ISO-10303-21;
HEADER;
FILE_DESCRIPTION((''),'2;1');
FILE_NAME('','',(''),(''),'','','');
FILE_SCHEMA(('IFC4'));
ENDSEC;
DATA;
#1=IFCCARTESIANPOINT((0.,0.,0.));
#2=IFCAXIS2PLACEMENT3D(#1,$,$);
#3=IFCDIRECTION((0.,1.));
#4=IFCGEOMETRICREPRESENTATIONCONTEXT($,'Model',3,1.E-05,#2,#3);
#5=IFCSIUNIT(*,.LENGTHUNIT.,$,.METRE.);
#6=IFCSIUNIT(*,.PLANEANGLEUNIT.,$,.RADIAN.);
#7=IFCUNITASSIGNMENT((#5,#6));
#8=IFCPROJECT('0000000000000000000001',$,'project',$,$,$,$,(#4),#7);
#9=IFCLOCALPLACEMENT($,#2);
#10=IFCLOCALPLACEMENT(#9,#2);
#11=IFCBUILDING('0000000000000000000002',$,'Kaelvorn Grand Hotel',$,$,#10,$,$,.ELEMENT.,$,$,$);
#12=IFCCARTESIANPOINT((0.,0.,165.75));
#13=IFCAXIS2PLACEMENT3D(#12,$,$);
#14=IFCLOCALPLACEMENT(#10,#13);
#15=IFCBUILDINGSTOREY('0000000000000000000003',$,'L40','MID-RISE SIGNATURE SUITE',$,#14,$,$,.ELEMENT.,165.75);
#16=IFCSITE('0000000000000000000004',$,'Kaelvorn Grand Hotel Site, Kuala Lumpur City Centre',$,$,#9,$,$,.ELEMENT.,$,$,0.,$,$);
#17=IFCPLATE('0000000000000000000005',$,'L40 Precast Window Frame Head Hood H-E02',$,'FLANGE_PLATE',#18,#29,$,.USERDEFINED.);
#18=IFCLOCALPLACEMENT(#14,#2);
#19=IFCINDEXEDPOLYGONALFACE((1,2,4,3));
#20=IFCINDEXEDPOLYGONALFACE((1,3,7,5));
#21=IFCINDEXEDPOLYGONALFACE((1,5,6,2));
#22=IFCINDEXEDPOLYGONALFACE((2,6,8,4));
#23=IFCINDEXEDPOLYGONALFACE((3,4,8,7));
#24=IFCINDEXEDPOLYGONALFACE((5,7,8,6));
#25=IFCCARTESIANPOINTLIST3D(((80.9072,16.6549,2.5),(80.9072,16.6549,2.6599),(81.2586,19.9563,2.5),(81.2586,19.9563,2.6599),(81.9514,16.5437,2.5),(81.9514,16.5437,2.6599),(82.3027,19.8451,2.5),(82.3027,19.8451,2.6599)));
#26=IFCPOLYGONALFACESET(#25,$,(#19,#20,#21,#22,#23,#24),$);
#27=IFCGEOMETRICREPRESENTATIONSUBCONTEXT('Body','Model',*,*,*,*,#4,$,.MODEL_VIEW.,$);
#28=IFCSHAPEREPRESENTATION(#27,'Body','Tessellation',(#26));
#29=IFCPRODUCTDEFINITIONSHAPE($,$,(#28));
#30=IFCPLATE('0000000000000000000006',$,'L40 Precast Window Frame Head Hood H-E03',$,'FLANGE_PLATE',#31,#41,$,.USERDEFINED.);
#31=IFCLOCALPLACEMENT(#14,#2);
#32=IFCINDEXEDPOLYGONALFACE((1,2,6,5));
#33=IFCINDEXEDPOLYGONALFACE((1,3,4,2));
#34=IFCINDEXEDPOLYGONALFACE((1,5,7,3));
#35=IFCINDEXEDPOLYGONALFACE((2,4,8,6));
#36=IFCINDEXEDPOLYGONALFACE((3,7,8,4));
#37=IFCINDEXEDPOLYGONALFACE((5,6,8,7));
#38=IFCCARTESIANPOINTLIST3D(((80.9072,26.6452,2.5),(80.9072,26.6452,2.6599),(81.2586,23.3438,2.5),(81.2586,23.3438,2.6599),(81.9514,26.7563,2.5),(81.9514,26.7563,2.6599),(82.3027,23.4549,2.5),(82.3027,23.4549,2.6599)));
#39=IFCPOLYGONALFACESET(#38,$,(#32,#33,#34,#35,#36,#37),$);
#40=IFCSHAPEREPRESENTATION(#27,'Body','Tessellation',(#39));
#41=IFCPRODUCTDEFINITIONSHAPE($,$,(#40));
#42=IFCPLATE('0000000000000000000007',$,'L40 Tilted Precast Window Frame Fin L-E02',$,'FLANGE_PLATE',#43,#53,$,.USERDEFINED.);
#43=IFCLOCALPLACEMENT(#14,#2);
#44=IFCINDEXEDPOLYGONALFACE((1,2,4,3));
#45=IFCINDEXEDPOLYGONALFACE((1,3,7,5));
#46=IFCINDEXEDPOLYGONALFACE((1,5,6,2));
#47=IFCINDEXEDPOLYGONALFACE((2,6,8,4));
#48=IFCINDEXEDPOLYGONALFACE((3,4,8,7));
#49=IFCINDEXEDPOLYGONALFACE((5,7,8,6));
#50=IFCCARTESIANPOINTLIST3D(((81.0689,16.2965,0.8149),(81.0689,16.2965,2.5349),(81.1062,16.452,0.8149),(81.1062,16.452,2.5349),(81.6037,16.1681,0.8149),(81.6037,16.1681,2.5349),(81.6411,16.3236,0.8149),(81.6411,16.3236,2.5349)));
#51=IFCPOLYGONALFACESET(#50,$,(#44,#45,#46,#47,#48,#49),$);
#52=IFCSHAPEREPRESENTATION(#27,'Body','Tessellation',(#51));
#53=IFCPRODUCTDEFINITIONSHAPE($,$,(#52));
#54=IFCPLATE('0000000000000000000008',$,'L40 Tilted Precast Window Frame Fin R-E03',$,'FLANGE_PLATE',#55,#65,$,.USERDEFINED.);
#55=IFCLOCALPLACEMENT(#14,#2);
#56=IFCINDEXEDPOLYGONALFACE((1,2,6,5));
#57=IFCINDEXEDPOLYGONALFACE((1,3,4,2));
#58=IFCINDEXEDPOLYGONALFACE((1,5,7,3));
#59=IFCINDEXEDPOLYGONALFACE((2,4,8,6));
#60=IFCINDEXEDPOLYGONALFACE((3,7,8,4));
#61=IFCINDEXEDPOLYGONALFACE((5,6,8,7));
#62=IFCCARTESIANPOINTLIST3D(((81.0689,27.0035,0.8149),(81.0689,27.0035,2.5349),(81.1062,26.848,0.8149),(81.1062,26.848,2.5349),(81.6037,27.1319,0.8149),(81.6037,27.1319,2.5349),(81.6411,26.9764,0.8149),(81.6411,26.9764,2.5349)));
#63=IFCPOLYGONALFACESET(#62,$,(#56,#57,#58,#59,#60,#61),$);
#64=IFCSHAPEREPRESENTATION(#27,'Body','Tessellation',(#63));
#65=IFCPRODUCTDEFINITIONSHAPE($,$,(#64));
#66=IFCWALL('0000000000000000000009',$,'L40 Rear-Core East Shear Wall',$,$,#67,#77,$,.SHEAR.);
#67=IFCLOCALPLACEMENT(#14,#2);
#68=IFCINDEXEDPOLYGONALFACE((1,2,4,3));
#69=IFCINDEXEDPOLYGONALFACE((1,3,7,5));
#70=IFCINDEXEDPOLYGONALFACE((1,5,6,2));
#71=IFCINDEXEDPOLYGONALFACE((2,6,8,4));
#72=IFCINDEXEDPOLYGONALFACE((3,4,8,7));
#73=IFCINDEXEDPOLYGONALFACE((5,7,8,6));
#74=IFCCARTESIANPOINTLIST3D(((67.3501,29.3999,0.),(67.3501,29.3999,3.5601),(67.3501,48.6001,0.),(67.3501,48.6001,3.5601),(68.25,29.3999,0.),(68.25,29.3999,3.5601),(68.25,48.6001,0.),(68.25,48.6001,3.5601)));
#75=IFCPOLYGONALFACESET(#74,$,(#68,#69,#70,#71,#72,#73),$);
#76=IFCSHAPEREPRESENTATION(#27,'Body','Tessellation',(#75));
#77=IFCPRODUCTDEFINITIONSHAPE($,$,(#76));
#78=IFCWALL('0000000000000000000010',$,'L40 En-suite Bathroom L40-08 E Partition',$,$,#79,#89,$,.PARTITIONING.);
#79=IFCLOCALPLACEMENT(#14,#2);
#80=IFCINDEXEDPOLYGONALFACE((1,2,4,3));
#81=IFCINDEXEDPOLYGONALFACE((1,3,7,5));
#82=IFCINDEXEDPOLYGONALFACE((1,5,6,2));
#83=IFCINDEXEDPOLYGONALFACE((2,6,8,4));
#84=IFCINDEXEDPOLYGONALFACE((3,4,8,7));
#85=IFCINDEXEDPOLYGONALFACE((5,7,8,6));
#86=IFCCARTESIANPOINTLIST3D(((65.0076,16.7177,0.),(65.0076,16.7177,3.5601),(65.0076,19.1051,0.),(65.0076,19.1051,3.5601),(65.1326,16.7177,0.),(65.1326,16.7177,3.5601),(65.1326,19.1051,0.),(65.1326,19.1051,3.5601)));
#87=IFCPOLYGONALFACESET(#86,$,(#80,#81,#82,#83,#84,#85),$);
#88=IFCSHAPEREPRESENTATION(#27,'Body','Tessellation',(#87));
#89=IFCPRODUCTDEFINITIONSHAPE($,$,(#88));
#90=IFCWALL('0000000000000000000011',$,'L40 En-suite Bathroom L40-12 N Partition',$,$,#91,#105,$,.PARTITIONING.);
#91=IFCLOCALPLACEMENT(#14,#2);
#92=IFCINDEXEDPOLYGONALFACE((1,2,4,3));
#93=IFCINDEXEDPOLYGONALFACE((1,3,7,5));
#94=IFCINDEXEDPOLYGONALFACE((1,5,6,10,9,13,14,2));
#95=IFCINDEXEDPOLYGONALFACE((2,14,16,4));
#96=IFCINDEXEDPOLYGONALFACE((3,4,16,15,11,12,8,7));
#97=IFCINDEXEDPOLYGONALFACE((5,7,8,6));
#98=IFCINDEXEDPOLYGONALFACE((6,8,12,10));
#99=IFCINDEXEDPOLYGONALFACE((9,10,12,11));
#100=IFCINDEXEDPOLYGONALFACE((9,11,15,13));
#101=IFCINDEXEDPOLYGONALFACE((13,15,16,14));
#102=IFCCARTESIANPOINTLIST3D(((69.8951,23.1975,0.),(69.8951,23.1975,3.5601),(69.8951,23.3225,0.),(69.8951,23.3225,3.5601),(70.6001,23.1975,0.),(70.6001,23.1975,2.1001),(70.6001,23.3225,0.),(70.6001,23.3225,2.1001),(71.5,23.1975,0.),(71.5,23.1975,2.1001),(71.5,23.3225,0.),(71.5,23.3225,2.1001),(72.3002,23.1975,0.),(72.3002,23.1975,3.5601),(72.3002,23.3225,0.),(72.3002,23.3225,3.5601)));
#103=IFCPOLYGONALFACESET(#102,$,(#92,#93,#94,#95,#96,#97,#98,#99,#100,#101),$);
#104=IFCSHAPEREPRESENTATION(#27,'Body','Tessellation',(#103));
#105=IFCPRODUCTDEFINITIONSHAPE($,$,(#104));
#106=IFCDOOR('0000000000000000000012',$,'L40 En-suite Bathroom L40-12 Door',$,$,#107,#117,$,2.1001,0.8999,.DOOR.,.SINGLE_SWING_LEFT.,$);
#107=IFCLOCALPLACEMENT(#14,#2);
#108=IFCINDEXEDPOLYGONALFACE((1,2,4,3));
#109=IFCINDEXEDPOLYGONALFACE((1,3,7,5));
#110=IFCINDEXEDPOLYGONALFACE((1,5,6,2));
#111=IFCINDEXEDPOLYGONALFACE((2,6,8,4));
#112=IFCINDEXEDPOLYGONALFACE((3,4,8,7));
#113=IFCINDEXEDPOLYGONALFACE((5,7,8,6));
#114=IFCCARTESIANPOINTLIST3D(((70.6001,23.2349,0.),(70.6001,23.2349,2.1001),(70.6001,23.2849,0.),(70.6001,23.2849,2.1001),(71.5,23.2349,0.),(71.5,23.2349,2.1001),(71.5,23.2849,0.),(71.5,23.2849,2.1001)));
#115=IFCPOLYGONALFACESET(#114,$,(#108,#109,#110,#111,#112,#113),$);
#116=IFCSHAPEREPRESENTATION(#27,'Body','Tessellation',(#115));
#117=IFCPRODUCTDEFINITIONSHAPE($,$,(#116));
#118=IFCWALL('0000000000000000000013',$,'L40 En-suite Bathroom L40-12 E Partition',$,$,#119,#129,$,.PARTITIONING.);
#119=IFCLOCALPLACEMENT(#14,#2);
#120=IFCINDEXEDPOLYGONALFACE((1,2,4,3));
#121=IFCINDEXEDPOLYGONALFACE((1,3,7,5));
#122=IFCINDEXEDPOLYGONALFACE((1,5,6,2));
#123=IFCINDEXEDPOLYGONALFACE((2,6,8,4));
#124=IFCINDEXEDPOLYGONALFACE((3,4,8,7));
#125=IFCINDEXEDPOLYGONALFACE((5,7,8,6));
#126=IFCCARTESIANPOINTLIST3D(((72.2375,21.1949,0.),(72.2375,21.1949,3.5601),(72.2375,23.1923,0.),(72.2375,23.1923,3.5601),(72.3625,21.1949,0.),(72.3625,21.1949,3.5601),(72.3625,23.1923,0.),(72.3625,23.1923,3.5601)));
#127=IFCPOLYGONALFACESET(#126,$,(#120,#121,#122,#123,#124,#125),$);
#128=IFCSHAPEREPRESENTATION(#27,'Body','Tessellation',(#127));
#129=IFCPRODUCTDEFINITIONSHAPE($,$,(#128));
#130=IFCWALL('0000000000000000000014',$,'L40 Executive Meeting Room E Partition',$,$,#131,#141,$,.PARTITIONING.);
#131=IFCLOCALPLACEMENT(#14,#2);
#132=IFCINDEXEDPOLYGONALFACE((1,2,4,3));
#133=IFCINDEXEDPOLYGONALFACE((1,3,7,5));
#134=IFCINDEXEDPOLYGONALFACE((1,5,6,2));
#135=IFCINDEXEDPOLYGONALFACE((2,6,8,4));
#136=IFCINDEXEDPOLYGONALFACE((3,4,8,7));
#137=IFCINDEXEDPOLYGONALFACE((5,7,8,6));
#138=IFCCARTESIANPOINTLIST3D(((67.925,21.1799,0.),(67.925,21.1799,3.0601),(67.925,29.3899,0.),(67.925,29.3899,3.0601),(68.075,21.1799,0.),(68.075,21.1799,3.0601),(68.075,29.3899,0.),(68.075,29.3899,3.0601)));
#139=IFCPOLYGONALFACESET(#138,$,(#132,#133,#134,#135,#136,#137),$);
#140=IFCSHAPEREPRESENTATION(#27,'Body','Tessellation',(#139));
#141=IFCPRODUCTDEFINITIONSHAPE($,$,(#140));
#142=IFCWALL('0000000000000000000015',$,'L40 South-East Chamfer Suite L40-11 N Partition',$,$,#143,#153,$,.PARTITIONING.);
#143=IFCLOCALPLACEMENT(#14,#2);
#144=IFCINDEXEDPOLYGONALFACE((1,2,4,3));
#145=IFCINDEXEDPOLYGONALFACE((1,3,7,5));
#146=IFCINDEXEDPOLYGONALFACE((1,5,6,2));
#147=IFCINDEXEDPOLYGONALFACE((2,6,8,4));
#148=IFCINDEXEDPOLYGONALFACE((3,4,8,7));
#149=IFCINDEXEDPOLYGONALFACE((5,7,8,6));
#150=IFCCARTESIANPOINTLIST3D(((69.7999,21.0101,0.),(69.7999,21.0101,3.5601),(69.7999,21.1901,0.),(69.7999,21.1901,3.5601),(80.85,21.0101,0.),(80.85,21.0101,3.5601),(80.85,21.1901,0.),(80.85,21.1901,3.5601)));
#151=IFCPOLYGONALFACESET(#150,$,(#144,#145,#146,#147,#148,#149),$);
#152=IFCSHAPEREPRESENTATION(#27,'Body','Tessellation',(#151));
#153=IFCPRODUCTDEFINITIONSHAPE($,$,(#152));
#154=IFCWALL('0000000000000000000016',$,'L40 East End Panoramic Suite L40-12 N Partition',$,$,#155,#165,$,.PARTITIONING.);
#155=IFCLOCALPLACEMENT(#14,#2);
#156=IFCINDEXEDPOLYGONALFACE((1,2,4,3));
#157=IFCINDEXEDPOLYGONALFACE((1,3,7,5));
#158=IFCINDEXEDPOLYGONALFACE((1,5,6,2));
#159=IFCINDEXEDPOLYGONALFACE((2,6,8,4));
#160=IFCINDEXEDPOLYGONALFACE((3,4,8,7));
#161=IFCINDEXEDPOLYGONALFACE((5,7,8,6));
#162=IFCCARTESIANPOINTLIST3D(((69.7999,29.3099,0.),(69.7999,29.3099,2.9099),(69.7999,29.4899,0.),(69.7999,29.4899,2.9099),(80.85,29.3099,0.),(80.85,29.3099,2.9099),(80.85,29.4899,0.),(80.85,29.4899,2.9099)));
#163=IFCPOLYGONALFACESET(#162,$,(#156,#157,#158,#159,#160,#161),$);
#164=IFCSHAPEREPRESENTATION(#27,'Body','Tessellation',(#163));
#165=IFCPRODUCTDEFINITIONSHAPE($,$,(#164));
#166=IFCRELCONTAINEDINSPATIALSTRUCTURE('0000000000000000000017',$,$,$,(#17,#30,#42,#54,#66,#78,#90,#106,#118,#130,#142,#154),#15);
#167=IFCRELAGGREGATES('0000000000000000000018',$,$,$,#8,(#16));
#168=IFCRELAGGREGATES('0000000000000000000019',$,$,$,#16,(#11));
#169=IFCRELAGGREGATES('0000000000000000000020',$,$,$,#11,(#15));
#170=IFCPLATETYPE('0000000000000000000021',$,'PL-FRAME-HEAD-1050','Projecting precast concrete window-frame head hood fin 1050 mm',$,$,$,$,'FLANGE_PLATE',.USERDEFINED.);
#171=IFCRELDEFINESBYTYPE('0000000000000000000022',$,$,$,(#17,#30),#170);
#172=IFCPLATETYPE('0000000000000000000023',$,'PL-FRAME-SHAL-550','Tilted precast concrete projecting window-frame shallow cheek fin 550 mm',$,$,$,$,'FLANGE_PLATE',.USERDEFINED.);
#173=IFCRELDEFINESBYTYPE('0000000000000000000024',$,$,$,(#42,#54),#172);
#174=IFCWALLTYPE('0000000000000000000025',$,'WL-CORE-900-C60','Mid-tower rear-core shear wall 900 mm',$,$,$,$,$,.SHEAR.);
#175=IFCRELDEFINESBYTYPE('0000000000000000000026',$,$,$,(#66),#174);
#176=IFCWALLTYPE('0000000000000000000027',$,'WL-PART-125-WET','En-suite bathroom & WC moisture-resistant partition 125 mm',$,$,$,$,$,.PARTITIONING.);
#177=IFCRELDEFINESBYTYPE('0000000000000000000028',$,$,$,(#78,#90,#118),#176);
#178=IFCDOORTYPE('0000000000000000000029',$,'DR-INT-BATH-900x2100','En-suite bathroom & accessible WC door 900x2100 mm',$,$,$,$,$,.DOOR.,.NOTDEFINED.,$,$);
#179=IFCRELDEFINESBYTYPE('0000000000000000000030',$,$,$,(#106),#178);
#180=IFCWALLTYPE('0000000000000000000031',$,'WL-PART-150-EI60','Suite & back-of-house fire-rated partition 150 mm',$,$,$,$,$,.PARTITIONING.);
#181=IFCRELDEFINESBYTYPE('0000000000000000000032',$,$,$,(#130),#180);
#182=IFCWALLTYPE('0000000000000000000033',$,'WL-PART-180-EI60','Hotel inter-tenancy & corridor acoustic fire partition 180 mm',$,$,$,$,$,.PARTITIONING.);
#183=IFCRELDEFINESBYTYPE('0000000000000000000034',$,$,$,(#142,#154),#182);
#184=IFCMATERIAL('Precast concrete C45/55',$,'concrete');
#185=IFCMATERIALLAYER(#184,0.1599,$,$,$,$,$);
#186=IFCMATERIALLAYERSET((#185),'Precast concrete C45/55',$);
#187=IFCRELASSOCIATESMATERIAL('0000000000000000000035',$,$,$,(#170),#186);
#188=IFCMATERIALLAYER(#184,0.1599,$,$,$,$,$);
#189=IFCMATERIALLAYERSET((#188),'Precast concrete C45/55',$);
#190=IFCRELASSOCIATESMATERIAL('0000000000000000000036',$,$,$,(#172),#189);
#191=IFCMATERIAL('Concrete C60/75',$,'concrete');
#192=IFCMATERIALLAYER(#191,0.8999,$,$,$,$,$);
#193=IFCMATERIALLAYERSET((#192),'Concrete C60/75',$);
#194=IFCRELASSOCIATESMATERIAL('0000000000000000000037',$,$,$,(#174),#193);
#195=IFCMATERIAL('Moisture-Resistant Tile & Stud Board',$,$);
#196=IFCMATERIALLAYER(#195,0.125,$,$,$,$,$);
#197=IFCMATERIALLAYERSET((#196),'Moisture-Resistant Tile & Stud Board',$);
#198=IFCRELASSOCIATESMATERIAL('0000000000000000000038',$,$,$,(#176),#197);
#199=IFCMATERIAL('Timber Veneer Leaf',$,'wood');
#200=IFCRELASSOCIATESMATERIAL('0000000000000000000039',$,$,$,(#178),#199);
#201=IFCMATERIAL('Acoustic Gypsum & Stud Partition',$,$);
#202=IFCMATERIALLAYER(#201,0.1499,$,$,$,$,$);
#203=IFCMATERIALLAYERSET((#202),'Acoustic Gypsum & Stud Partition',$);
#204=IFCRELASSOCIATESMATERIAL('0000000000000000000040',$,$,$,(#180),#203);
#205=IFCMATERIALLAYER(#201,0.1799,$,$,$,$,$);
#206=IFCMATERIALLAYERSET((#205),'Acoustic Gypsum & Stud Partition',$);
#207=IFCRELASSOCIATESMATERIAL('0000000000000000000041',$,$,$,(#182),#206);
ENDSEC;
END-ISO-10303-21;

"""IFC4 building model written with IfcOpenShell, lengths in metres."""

from ifc_helpers import new_model, si_unit, direction, frame, frame_2d, origin, origin_2d, place, context, subcontext, project, spatial, rectangle, extrude, material, layer, layer_set, type_object, element, fill, save


model = new_model("IFC4")

# Units and contexts
model_context = context("Model", 3, precision=1e-05, world=origin(), true_north=direction((0.0, 1.0)))
body_context = subcontext(model_context, "Body", "Model", "MODEL_VIEW")
ifc_project = project(units=[si_unit("LENGTHUNIT", "METRE"), si_unit("PLANEANGLEUNIT", "RADIAN")], contexts=[model_context])

# Site, building, storey
site_placement = place(None, origin())
site = spatial("IfcSite", under=ifc_project, at=site_placement, Name="Kaelvorn Grand Hotel Site, Kuala Lumpur City Centre", CompositionType="ELEMENT", RefElevation=0.0)
building_placement = place(site_placement, origin())
building = spatial("IfcBuilding", under=site, at=building_placement, Name="Kaelvorn Grand Hotel", CompositionType="ELEMENT")
storey_placement = place(building_placement, frame((0.0, 0.0, 165.75)))
storey = spatial("IfcBuildingStorey", under=building, at=storey_placement, Name="L40", Description="MID-RISE SIGNATURE SUITE", CompositionType="ELEMENT", Elevation=165.75)

# Shared definitions
ifc_material_1 = material(Name="Concrete C60/75", Category="concrete")

# Plates
ifc_material_2 = material(Name="Precast concrete C45/55", Category="concrete")
ifc_layer_1 = layer(ifc_material_2, 0.1599)
ifc_layer_set_1 = layer_set([ifc_layer_1], Name="Precast concrete C45/55")
plate_type_1 = type_object("IfcPlateType", Name="PL-FRAME-HEAD-1050", Description="Projecting precast concrete window-frame head hood fin 1050 mm", ElementType="FLANGE_PLATE", PredefinedType="USERDEFINED", material=ifc_layer_set_1)
for number, where, z_axis, x_axis, name in (
    (1, (81.605, 18.25, 2.5), (0.0, 0.0, 1.0), (0.10583, 0.994384, 0.0), "L40 Precast Window Frame Head Hood H-E02"),
    (2, (81.605, 25.05, 2.5), (0.0, 0.0, 1.0), (-0.10583, 0.994384, 0.0), "L40 Precast Window Frame Head Hood H-E03"),
):
    element("IfcPlate", number, at=place(storey_placement, frame(where, z_axis=z_axis, x_axis=x_axis)), inside=storey, type_object=plate_type_1, Name=name, ObjectType="FLANGE_PLATE", PredefinedType="USERDEFINED", context=body_context, shape_type="SweptSolid", body=[
        extrude(rectangle(XDim=3.3201, YDim=1.05, at=origin_2d()), origin(), (0.0, 0.0, 1.0), 0.1599),
    ])
ifc_layer_2 = layer(ifc_material_2, 0.1599)
ifc_layer_set_2 = layer_set([ifc_layer_2], Name="Precast concrete C45/55")
plate_type_2 = type_object("IfcPlateType", Name="PL-FRAME-SHAL-550", Description="Tilted precast concrete projecting window-frame shallow cheek fin 550 mm", ElementType="FLANGE_PLATE", PredefinedType="USERDEFINED", material=ifc_layer_set_2)
for number, where, z_axis, x_axis, name in (
    (3, (81.355, 16.3101, 0.8149), (0.0, 0.0, 1.0), (0.233445, 0.97237, 0.0), "L40 Tilted Precast Window Frame Fin L-E02"),
    (4, (81.355, 26.99, 0.8149), (0.0, 0.0, 1.0), (-0.233445, 0.97237, 0.0), "L40 Tilted Precast Window Frame Fin R-E03"),
):
    element("IfcPlate", number, at=place(storey_placement, frame(where, z_axis=z_axis, x_axis=x_axis)), inside=storey, type_object=plate_type_2, Name=name, ObjectType="FLANGE_PLATE", PredefinedType="USERDEFINED", context=body_context, shape_type="SweptSolid", body=[
        extrude(rectangle(XDim=0.1599, YDim=0.55, at=origin_2d()), origin(), (0.0, 0.0, 1.0), 1.72),
    ])

# Walls
ifc_layer_3 = layer(ifc_material_1, 0.8999)
ifc_layer_set_3 = layer_set([ifc_layer_3], Name="Concrete C60/75")
wall_type_1 = type_object("IfcWallType", Name="WL-CORE-900-C60", Description="Mid-tower rear-core shear wall 900 mm", PredefinedType="SHEAR", material=ifc_layer_set_3)
wall_1_placement = place(storey_placement, frame((67.8, 29.3999, 0.0), z_axis=(0.0, 0.0, 1.0), x_axis=(0.0, 1.0, 0.0)))
element("IfcWall", 5, at=wall_1_placement, inside=storey, type_object=wall_type_1, Name="L40 Rear-Core East Shear Wall", PredefinedType="SHEAR", context=body_context, shape_type="SweptSolid", body=[
    extrude(rectangle(XDim=19.2002, YDim=0.8999, at=frame_2d((9.6001, 0.0))), origin(), (0.0, 0.0, 1.0), 3.5601),
])
ifc_material_3 = material(Name="Moisture-Resistant Tile & Stud Board")
ifc_layer_4 = layer(ifc_material_3, 0.125)
ifc_layer_set_4 = layer_set([ifc_layer_4], Name="Moisture-Resistant Tile & Stud Board")
wall_type_2 = type_object("IfcWallType", Name="WL-PART-125-WET", Description="En-suite bathroom & WC moisture-resistant partition 125 mm", PredefinedType="PARTITIONING", material=ifc_layer_set_4)
wall_2_placement = place(storey_placement, frame((65.0701, 16.7175, 0.0), z_axis=(0.0, 0.0, 1.0), x_axis=(0.0, 1.0, 0.0)))
element("IfcWall", 6, at=wall_2_placement, inside=storey, type_object=wall_type_2, Name="L40 En-suite Bathroom L40-08 E Partition", PredefinedType="PARTITIONING", context=body_context, shape_type="SweptSolid", body=[
    extrude(rectangle(XDim=2.3875, YDim=0.125, at=frame_2d((1.1938, 0.0))), origin(), (0.0, 0.0, 1.0), 3.5601),
])

# Wall, opening, door
wall_3_placement = place(storey_placement, frame((69.895, 23.26, 0.0), z_axis=(0.0, 0.0, 1.0), x_axis=(1.0, 0.0, 0.0)))
wall_3 = element("IfcWall", 7, at=wall_3_placement, inside=storey, type_object=wall_type_2, Name="L40 En-suite Bathroom L40-12 N Partition", PredefinedType="PARTITIONING", context=body_context, shape_type="SweptSolid", body=[
    extrude(rectangle(XDim=2.405, YDim=0.125, at=frame_2d((1.2026, 0.0))), origin(), (0.0, 0.0, 1.0), 3.5601),
])
opening_1_placement = place(wall_3_placement, frame((0.7051, 0.0, 0.0)))
opening_1 = element("IfcOpeningElement", 8, at=opening_1_placement, cuts=wall_3, PredefinedType="OPENING", context=body_context, shape_type="SweptSolid", body=[
    extrude(rectangle(XDim=0.8999, YDim=2.1001, at=frame_2d((0.45, 1.05))), frame((0.0, 0.0725, 0.0), z_axis=(0.0, -1.0, 0.0), x_axis=(1.0, 0.0, 0.0)), (0.0, 0.0, 1.0), 0.145),
])
ifc_material_4 = material(Name="Timber Veneer Leaf", Category="wood")
door_type_1 = type_object("IfcDoorType", Name="DR-INT-BATH-900x2100", Description="En-suite bathroom & accessible WC door 900x2100 mm", OperationType="NOTDEFINED", PredefinedType="DOOR", material=ifc_material_4)
door_1_placement = place(opening_1_placement, origin())
door_1 = element("IfcDoor", 9, at=door_1_placement, inside=storey, type_object=door_type_1, Name="L40 En-suite Bathroom L40-12 Door", OperationType="SINGLE_SWING_LEFT", OverallHeight=2.1001, OverallWidth=0.8999, PredefinedType="DOOR", context=body_context, shape_type="SweptSolid", body=[
    extrude(rectangle(XDim=0.8999, YDim=2.1001, at=frame_2d((0.45, 1.05))), frame((0.0, 0.0249, 0.0), z_axis=(0.0, -1.0, 0.0), x_axis=(1.0, 0.0, 0.0)), (0.0, 0.0, 1.0), 0.05),
])
fill(opening_1, door_1)

# Walls
wall_4_placement = place(storey_placement, frame((72.3, 21.1951, 0.0), z_axis=(0.0, 0.0, 1.0), x_axis=(0.0, 1.0, 0.0)))
element("IfcWall", 10, at=wall_4_placement, inside=storey, type_object=wall_type_2, Name="L40 En-suite Bathroom L40-12 E Partition", PredefinedType="PARTITIONING", context=body_context, shape_type="SweptSolid", body=[
    extrude(rectangle(XDim=1.9973, YDim=0.125, at=frame_2d((0.9985, 0.0))), origin(), (0.0, 0.0, 1.0), 3.5601),
])
ifc_material_5 = material(Name="Acoustic Gypsum & Stud Partition")
ifc_layer_5 = layer(ifc_material_5, 0.1499)
ifc_layer_set_5 = layer_set([ifc_layer_5], Name="Acoustic Gypsum & Stud Partition")
wall_type_3 = type_object("IfcWallType", Name="WL-PART-150-EI60", Description="Suite & back-of-house fire-rated partition 150 mm", PredefinedType="PARTITIONING", material=ifc_layer_set_5)
wall_5_placement = place(storey_placement, frame((68.0, 21.1799, 0.0), z_axis=(0.0, 0.0, 1.0), x_axis=(0.0, 1.0, 0.0)))
element("IfcWall", 11, at=wall_5_placement, inside=storey, type_object=wall_type_3, Name="L40 Executive Meeting Room E Partition", PredefinedType="PARTITIONING", context=body_context, shape_type="SweptSolid", body=[
    extrude(rectangle(XDim=8.21, YDim=0.1499, at=frame_2d((4.105, 0.0))), origin(), (0.0, 0.0, 1.0), 3.0601),
])
ifc_layer_6 = layer(ifc_material_5, 0.1799)
ifc_layer_set_6 = layer_set([ifc_layer_6], Name="Acoustic Gypsum & Stud Partition")
wall_type_4 = type_object("IfcWallType", Name="WL-PART-180-EI60", Description="Hotel inter-tenancy & corridor acoustic fire partition 180 mm", PredefinedType="PARTITIONING", material=ifc_layer_set_6)
wall_6_placement = place(storey_placement, frame((69.8, 21.1001, 0.0), z_axis=(0.0, 0.0, 1.0), x_axis=(1.0, 0.0, 0.0)))
element("IfcWall", 12, at=wall_6_placement, inside=storey, type_object=wall_type_4, Name="L40 South-East Chamfer Suite L40-11 N Partition", PredefinedType="PARTITIONING", context=body_context, shape_type="SweptSolid", body=[
    extrude(rectangle(XDim=11.05, YDim=0.1799, at=frame_2d((5.5249, 0.0))), origin(), (0.0, 0.0, 1.0), 3.5601),
])

# Wall
wall_7_placement = place(storey_placement, frame((69.8, 29.3999, 0.0), z_axis=(0.0, 0.0, 1.0), x_axis=(1.0, 0.0, 0.0)))
element("IfcWall", 13, at=wall_7_placement, inside=storey, type_object=wall_type_4, Name="L40 East End Panoramic Suite L40-12 N Partition", PredefinedType="PARTITIONING", context=body_context, shape_type="SweptSolid", body=[
    extrude(rectangle(XDim=11.05, YDim=0.1799, at=frame_2d((5.5249, 0.0))), origin(), (0.0, 0.0, 1.0), 2.9099),
])

save(model, "model.ifc")
